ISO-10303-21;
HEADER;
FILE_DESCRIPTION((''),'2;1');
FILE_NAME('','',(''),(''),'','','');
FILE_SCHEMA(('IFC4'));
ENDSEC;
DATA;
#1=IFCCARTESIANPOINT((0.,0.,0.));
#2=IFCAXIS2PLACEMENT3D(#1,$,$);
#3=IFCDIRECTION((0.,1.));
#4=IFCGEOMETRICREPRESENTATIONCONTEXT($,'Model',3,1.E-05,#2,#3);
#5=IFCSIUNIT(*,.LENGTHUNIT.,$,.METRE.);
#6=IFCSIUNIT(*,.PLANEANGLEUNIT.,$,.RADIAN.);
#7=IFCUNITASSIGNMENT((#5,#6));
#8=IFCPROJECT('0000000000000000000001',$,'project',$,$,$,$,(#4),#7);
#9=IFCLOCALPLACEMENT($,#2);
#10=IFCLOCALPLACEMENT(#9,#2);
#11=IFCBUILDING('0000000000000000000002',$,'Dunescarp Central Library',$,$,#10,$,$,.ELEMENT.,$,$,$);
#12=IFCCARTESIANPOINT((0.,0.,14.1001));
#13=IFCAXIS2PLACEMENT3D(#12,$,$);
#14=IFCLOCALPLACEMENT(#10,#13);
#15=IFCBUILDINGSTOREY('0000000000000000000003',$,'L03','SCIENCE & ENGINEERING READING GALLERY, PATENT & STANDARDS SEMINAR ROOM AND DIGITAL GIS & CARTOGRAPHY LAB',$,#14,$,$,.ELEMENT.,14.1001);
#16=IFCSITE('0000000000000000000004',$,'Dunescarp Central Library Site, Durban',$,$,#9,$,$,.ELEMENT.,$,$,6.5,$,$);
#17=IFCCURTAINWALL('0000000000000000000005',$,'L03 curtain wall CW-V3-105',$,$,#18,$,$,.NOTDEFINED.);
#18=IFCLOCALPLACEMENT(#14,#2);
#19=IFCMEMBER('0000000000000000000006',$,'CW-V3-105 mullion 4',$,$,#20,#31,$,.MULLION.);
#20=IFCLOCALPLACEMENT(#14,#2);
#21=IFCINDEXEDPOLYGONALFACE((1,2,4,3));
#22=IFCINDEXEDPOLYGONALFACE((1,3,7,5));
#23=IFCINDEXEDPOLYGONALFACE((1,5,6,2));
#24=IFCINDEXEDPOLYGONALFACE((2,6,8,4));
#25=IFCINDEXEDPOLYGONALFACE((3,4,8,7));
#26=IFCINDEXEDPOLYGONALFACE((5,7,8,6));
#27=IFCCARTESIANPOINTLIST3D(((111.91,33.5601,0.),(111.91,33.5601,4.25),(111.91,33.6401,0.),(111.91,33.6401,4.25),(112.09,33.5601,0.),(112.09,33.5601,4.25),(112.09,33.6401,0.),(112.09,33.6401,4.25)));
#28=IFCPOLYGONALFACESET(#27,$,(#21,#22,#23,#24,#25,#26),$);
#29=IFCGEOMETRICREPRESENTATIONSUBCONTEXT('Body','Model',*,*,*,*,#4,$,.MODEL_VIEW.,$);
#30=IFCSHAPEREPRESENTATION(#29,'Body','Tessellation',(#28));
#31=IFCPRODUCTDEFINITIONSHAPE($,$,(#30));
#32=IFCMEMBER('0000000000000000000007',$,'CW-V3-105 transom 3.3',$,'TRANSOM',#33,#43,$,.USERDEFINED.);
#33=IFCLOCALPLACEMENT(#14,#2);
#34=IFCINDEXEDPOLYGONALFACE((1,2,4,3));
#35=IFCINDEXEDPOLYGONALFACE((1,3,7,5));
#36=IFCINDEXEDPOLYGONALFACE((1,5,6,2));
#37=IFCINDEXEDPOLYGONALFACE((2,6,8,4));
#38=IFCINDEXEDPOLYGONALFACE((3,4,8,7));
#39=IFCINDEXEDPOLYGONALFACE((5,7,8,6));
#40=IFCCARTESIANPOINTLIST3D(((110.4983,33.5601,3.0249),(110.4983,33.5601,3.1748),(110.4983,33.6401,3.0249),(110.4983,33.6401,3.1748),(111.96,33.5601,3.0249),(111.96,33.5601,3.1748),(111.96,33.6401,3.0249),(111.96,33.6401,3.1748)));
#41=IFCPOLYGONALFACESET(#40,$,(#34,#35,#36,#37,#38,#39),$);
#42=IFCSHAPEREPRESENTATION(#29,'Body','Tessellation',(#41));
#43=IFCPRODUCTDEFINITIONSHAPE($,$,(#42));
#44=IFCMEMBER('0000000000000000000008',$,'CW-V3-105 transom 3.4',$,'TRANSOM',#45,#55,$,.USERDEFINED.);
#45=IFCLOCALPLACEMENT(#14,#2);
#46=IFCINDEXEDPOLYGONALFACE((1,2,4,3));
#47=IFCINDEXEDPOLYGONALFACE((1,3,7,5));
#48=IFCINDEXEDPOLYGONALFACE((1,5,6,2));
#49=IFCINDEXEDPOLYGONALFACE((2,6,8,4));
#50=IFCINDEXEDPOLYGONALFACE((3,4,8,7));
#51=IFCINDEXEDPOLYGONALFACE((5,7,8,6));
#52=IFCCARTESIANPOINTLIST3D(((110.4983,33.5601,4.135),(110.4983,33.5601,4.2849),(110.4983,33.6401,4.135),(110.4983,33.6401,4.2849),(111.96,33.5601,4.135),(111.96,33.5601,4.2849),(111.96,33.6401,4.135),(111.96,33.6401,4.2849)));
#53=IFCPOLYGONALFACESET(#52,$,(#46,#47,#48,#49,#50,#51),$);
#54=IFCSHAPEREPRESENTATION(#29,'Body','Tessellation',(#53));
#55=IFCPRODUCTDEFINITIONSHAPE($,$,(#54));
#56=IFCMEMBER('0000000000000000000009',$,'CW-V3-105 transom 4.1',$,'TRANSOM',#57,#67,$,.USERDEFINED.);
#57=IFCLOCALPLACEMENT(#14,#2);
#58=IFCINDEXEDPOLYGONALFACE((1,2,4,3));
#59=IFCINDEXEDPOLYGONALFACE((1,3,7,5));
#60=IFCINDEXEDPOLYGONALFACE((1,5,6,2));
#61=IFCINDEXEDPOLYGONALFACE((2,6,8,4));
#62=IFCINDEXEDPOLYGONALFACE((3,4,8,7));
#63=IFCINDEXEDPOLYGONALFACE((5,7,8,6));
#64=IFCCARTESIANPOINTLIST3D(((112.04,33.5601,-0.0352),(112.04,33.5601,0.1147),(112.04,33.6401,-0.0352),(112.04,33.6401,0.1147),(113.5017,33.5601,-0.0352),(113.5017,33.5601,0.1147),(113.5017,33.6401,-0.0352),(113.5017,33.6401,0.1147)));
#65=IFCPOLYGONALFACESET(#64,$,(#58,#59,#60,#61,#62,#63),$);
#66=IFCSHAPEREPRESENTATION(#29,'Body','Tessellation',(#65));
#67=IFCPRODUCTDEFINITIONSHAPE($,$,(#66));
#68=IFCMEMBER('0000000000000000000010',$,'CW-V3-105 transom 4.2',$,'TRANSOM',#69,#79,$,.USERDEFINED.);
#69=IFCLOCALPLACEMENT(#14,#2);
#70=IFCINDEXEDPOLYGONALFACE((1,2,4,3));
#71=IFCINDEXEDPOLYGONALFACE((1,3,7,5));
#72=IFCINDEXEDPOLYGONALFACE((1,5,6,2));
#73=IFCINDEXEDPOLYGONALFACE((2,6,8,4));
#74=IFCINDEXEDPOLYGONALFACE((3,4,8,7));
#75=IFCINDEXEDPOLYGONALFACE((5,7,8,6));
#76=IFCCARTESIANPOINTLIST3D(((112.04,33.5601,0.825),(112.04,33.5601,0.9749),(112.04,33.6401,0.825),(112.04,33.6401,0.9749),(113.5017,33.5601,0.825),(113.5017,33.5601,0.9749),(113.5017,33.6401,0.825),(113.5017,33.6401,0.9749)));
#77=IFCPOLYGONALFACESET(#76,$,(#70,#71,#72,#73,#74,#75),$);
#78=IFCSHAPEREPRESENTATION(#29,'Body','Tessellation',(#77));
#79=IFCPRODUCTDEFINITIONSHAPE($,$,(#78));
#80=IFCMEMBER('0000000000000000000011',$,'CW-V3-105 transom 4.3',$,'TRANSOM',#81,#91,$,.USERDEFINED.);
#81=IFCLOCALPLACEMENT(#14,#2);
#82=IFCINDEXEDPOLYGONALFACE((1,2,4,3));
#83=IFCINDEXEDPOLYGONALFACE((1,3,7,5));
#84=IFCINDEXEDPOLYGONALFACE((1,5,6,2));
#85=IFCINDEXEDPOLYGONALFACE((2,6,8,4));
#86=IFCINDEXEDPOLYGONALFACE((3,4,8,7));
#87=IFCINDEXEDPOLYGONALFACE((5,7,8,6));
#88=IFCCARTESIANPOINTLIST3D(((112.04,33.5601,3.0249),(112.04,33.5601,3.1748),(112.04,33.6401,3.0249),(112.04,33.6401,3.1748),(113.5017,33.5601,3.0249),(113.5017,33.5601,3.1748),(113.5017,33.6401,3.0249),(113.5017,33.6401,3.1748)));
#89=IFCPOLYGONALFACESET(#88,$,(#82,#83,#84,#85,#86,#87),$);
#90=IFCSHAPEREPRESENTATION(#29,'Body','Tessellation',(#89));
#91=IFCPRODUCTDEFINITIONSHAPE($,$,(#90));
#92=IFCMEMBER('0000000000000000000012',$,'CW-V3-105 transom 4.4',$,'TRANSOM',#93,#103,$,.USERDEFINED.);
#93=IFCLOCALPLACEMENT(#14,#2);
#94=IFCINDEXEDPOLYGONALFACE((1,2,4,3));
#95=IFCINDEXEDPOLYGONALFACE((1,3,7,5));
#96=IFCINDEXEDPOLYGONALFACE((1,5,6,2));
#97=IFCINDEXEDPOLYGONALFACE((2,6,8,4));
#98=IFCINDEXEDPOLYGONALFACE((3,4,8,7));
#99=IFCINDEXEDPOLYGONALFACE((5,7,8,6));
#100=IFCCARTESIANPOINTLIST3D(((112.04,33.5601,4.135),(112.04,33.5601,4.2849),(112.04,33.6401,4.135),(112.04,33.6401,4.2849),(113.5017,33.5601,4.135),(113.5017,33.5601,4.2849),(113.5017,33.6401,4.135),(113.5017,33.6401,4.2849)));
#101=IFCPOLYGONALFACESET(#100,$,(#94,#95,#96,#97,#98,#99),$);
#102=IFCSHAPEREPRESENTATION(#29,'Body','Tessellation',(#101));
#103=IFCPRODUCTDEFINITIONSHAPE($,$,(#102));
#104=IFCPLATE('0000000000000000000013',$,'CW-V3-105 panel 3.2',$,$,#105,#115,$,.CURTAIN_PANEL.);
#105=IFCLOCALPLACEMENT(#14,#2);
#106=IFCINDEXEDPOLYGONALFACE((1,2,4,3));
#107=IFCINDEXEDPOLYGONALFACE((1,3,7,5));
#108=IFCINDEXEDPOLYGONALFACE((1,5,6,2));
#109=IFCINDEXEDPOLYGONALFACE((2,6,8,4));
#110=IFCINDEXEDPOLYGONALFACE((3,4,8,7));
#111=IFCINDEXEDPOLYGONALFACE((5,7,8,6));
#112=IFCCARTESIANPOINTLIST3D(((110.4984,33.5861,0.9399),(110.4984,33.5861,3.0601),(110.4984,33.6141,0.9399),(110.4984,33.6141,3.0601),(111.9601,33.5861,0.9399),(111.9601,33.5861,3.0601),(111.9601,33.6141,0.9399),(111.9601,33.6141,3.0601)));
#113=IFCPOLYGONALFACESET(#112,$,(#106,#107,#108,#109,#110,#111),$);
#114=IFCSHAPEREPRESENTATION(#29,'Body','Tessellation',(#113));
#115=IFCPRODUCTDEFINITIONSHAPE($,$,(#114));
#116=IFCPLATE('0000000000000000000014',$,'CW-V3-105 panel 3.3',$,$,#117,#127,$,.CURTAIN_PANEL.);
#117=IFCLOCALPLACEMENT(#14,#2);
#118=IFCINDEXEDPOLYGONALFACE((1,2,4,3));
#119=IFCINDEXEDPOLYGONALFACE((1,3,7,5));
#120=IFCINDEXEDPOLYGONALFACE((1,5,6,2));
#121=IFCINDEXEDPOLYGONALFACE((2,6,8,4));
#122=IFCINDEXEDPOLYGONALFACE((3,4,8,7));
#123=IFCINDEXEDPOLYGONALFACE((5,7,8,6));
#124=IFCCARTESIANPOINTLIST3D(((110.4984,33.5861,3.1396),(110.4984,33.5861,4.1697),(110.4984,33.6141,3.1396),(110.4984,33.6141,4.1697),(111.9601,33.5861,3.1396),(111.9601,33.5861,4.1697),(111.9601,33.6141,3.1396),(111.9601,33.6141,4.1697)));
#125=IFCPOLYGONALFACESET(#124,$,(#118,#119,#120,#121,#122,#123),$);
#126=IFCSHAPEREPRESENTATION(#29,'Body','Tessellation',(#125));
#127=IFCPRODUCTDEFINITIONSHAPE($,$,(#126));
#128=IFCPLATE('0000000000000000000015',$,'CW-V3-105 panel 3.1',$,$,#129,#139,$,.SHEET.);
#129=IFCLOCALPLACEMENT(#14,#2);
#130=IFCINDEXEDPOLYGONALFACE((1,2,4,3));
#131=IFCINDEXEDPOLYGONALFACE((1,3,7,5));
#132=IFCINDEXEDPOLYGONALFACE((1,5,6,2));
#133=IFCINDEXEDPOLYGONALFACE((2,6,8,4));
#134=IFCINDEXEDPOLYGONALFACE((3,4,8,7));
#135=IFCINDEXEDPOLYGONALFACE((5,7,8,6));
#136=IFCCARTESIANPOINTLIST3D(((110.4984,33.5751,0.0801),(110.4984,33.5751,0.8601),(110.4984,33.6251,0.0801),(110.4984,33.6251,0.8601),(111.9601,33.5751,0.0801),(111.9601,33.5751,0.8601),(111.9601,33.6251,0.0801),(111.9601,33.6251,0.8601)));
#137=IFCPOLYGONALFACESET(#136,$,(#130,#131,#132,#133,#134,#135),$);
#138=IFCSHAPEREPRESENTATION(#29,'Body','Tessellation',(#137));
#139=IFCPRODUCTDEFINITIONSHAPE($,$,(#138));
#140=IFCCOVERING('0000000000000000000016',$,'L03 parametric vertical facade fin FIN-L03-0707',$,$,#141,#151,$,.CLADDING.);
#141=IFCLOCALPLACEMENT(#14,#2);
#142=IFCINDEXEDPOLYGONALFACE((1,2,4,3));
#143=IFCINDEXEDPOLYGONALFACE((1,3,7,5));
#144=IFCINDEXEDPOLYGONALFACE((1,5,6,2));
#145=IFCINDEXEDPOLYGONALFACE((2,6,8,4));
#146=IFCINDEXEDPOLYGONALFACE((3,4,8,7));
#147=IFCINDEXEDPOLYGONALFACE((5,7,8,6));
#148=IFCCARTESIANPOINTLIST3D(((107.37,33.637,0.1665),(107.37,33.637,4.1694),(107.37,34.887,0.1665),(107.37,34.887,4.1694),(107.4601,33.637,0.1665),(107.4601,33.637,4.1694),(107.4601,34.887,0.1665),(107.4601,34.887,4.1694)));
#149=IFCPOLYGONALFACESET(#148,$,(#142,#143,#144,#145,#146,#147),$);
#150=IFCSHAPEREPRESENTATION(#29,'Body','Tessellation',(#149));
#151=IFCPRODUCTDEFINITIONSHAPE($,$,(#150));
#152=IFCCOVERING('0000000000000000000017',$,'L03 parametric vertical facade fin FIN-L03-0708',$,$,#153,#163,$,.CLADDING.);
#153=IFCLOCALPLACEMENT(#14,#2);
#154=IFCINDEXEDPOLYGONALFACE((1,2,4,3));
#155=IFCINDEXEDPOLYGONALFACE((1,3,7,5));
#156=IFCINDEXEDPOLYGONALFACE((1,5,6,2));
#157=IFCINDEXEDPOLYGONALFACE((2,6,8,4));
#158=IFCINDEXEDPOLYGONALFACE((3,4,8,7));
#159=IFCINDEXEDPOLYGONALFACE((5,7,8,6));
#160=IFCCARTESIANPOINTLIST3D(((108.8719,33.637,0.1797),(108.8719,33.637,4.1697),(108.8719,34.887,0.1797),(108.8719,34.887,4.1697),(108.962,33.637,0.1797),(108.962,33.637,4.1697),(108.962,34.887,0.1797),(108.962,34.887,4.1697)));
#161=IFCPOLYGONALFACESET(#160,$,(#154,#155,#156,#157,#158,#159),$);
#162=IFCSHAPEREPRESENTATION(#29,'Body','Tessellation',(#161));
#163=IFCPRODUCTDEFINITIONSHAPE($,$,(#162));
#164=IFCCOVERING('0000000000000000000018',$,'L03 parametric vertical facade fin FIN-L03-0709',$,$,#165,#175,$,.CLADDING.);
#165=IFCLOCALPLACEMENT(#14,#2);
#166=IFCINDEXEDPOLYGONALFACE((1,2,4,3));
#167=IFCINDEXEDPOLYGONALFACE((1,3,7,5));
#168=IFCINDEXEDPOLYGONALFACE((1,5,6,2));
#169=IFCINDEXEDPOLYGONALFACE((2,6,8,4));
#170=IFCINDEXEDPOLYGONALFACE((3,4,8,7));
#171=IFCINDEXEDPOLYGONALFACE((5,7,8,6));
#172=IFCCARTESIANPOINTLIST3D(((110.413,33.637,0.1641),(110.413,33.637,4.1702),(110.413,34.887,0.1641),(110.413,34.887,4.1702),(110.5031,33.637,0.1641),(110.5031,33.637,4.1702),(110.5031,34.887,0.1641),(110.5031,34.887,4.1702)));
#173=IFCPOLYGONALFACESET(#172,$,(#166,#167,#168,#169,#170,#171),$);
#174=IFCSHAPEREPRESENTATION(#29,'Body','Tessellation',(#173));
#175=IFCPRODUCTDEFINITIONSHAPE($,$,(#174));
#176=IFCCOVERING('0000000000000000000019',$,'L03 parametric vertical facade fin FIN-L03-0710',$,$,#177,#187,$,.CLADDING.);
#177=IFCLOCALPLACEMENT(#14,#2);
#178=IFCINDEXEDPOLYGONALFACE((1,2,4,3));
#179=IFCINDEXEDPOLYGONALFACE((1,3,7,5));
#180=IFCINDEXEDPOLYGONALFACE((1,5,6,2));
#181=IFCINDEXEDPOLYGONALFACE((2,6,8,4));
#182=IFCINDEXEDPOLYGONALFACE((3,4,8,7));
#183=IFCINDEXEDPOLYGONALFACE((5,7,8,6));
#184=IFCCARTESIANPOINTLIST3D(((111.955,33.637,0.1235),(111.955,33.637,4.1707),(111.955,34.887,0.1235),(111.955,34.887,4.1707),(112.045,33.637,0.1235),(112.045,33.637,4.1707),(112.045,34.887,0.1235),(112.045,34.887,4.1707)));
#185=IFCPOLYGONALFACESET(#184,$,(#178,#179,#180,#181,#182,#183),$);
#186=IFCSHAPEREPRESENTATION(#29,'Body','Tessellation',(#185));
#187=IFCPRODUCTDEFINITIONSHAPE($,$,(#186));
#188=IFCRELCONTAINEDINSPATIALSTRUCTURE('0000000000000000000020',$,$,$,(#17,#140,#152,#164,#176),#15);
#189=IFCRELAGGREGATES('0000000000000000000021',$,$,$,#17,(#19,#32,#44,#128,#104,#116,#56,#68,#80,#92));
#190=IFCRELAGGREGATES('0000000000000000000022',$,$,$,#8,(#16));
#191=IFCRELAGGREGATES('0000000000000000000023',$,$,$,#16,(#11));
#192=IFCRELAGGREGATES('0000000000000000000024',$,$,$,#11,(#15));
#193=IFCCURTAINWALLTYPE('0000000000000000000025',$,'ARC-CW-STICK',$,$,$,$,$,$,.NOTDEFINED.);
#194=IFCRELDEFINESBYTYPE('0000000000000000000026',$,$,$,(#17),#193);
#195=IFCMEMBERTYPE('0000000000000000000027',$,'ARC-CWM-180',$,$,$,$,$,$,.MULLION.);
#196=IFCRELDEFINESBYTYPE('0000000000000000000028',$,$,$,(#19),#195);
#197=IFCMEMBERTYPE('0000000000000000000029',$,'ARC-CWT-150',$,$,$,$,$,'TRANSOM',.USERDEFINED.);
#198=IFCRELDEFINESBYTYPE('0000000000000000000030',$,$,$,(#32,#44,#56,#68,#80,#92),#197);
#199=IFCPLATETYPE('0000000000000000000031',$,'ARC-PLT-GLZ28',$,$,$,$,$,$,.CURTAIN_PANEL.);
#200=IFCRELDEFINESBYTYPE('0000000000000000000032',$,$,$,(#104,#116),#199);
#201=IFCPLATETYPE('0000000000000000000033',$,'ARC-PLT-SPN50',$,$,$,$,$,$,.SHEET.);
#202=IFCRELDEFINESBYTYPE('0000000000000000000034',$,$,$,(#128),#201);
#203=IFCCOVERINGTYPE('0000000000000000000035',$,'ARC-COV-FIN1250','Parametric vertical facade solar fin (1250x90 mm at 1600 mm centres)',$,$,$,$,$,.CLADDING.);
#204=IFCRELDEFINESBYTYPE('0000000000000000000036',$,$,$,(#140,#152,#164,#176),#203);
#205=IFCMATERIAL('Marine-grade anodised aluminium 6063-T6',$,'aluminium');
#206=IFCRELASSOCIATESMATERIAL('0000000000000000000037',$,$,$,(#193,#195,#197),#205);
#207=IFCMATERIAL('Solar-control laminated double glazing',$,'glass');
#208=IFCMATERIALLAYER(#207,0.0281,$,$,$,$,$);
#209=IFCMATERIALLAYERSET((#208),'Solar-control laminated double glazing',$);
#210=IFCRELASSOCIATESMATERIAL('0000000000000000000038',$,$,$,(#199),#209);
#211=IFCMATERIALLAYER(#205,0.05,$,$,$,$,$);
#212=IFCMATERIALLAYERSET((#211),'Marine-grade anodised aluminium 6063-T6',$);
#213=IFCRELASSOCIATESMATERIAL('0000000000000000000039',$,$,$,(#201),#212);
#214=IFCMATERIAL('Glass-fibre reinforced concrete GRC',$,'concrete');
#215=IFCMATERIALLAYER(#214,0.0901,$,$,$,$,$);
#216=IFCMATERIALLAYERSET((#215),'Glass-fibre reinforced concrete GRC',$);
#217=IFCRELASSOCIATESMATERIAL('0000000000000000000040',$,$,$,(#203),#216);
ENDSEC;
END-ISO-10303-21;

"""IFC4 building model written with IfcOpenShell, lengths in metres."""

from ifc_helpers import new_model, si_unit, direction, frame, origin, origin_2d, place, context, subcontext, project, spatial, rectangle, extrude, material, layer, layer_set, material_profile, profile_set, type_object, element, aggregate, save


model = new_model("IFC4")

# Units and contexts
model_context = context("Model", 3, precision=1e-05, world=origin(), true_north=direction((0.0, 1.0)))
body_context = subcontext(model_context, "Body", "Model", "MODEL_VIEW")
ifc_project = project(units=[si_unit("LENGTHUNIT", "METRE"), si_unit("PLANEANGLEUNIT", "RADIAN")], contexts=[model_context])

# Site, building, storey
site_placement = place(None, origin())
site = spatial("IfcSite", under=ifc_project, at=site_placement, Name="Dunescarp Central Library Site, Durban", CompositionType="ELEMENT", RefElevation=6.5)
building_placement = place(site_placement, origin())
building = spatial("IfcBuilding", under=site, at=building_placement, Name="Dunescarp Central Library", CompositionType="ELEMENT")
storey_placement = place(building_placement, frame((0.0, 0.0, 14.1001)))
storey = spatial("IfcBuildingStorey", under=building, at=storey_placement, Name="L03", Description="SCIENCE & ENGINEERING READING GALLERY, PATENT & STANDARDS SEMINAR ROOM AND DIGITAL GIS & CARTOGRAPHY LAB", CompositionType="ELEMENT", Elevation=14.1001)

# Curtain wall, members, plates
ifc_material_1 = material(Name="Marine-grade anodised aluminium 6063-T6", Category="aluminium")
curtain_wall_type = type_object("IfcCurtainWallType", Name="ARC-CW-STICK", PredefinedType="NOTDEFINED", material=ifc_material_1)
curtain_wall_placement = place(storey_placement, origin())
curtain_wall = element("IfcCurtainWall", 1, at=curtain_wall_placement, inside=storey, type_object=curtain_wall_type, Name="L03 curtain wall CW-V3-105", PredefinedType="NOTDEFINED")
ifc_material_profile_1 = material_profile(ifc_material_1, rectangle(XDim=0.0801, YDim=0.1799, at=origin_2d()), Name="AL 80x180")
ifc_profile_set_1 = profile_set([ifc_material_profile_1], Name="Marine-grade anodised aluminium 6063-T6")
member_type_1 = type_object("IfcMemberType", Name="ARC-CWM-180", PredefinedType="MULLION", material=ifc_profile_set_1)
member_1_placement = place(storey_placement, frame((112.0, 33.6001, 0.0), z_axis=(0.0, 0.0, 1.0), x_axis=(0.0, 1.0, 0.0)))
member_1 = element("IfcMember", 2, at=member_1_placement, type_object=member_type_1, Name="CW-V3-105 mullion 4", PredefinedType="MULLION", context=body_context, shape_type="SweptSolid", body=[
    extrude(rectangle(XDim=0.0801, YDim=0.1799, at=origin_2d()), origin(), (0.0, 0.0, 1.0), 4.25),
])
ifc_material_profile_2 = material_profile(ifc_material_1, rectangle(XDim=0.0801, YDim=0.1499, at=origin_2d()), Name="AL 80x150")
ifc_profile_set_2 = profile_set([ifc_material_profile_2], Name="Marine-grade anodised aluminium 6063-T6")
member_type_2 = type_object("IfcMemberType", Name="ARC-CWT-150", ElementType="TRANSOM", PredefinedType="USERDEFINED", material=ifc_profile_set_2)
member_2_placement = place(storey_placement, frame((110.4983, 33.6001, 3.0999), z_axis=(1.0, 0.0, 0.0), x_axis=(0.0, 1.0, 0.0)))
member_2 = element("IfcMember", 3, at=member_2_placement, type_object=member_type_2, Name="CW-V3-105 transom 3.3", ObjectType="TRANSOM", PredefinedType="USERDEFINED", context=body_context, shape_type="SweptSolid", body=[
    extrude(rectangle(XDim=0.0801, YDim=0.1499, at=origin_2d()), origin(), (0.0, 0.0, 1.0), 1.4617),
])
member_3_placement = place(storey_placement, frame((110.4983, 33.6001, 4.21), z_axis=(1.0, 0.0, 0.0), x_axis=(0.0, 1.0, 0.0)))
member_3 = element("IfcMember", 4, at=member_3_placement, type_object=member_type_2, Name="CW-V3-105 transom 3.4", ObjectType="TRANSOM", PredefinedType="USERDEFINED", context=body_context, shape_type="SweptSolid", body=[
    extrude(rectangle(XDim=0.0801, YDim=0.1499, at=origin_2d()), origin(), (0.0, 0.0, 1.0), 1.4617),
])
member_4_placement = place(storey_placement, frame((112.04, 33.6001, 0.0398), z_axis=(1.0, 0.0, 0.0), x_axis=(0.0, 1.0, 0.0)))
member_4 = element("IfcMember", 5, at=member_4_placement, type_object=member_type_2, Name="CW-V3-105 transom 4.1", ObjectType="TRANSOM", PredefinedType="USERDEFINED", context=body_context, shape_type="SweptSolid", body=[
    extrude(rectangle(XDim=0.0801, YDim=0.1499, at=origin_2d()), origin(), (0.0, 0.0, 1.0), 1.4617),
])
member_5_placement = place(storey_placement, frame((112.04, 33.6001, 0.8999), z_axis=(1.0, 0.0, 0.0), x_axis=(0.0, 1.0, 0.0)))
member_5 = element("IfcMember", 6, at=member_5_placement, type_object=member_type_2, Name="CW-V3-105 transom 4.2", ObjectType="TRANSOM", PredefinedType="USERDEFINED", context=body_context, shape_type="SweptSolid", body=[
    extrude(rectangle(XDim=0.0801, YDim=0.1499, at=origin_2d()), origin(), (0.0, 0.0, 1.0), 1.4617),
])
member_6_placement = place(storey_placement, frame((112.04, 33.6001, 3.0999), z_axis=(1.0, 0.0, 0.0), x_axis=(0.0, 1.0, 0.0)))
member_6 = element("IfcMember", 7, at=member_6_placement, type_object=member_type_2, Name="CW-V3-105 transom 4.3", ObjectType="TRANSOM", PredefinedType="USERDEFINED", context=body_context, shape_type="SweptSolid", body=[
    extrude(rectangle(XDim=0.0801, YDim=0.1499, at=origin_2d()), origin(), (0.0, 0.0, 1.0), 1.4617),
])
member_7_placement = place(storey_placement, frame((112.04, 33.6001, 4.21), z_axis=(1.0, 0.0, 0.0), x_axis=(0.0, 1.0, 0.0)))
member_7 = element("IfcMember", 8, at=member_7_placement, type_object=member_type_2, Name="CW-V3-105 transom 4.4", ObjectType="TRANSOM", PredefinedType="USERDEFINED", context=body_context, shape_type="SweptSolid", body=[
    extrude(rectangle(XDim=0.0801, YDim=0.1499, at=origin_2d()), origin(), (0.0, 0.0, 1.0), 1.4617),
])
ifc_material_2 = material(Name="Solar-control laminated double glazing", Category="glass")
ifc_layer_1 = layer(ifc_material_2, 0.0281)
ifc_layer_set_1 = layer_set([ifc_layer_1], Name="Solar-control laminated double glazing")
plate_type_1 = type_object("IfcPlateType", Name="ARC-PLT-GLZ28", PredefinedType="CURTAIN_PANEL", material=ifc_layer_set_1)
plate_1_placement = place(storey_placement, frame((111.2292, 33.6001, 0.9399), z_axis=(0.0, 0.0, 1.0), x_axis=(1.0, 0.0, 0.0)))
plate_1 = element("IfcPlate", 9, at=plate_1_placement, type_object=plate_type_1, Name="CW-V3-105 panel 3.2", PredefinedType="CURTAIN_PANEL", context=body_context, shape_type="SweptSolid", body=[
    extrude(rectangle(XDim=1.4617, YDim=0.0281, at=origin_2d()), origin(), (0.0, 0.0, 1.0), 2.1201),
])
plate_2_placement = place(storey_placement, frame((111.2292, 33.6001, 3.1396), z_axis=(0.0, 0.0, 1.0), x_axis=(1.0, 0.0, 0.0)))
plate_2 = element("IfcPlate", 10, at=plate_2_placement, type_object=plate_type_1, Name="CW-V3-105 panel 3.3", PredefinedType="CURTAIN_PANEL", context=body_context, shape_type="SweptSolid", body=[
    extrude(rectangle(XDim=1.4617, YDim=0.0281, at=origin_2d()), origin(), (0.0, 0.0, 1.0), 1.03),
])
ifc_layer_2 = layer(ifc_material_1, 0.05)
ifc_layer_set_2 = layer_set([ifc_layer_2], Name="Marine-grade anodised aluminium 6063-T6")
plate_type_2 = type_object("IfcPlateType", Name="ARC-PLT-SPN50", PredefinedType="SHEET", material=ifc_layer_set_2)
plate_3_placement = place(storey_placement, frame((111.2292, 33.6001, 0.0801), z_axis=(0.0, 0.0, 1.0), x_axis=(1.0, 0.0, 0.0)))
plate_3 = element("IfcPlate", 11, at=plate_3_placement, type_object=plate_type_2, Name="CW-V3-105 panel 3.1", PredefinedType="SHEET", context=body_context, shape_type="SweptSolid", body=[
    extrude(rectangle(XDim=1.4617, YDim=0.05, at=origin_2d()), origin(), (0.0, 0.0, 1.0), 0.78),
])
aggregate(curtain_wall, [member_1, member_2, member_3, plate_3, plate_1, plate_2, member_4, member_5, member_6, member_7])

# Coverings
ifc_material_3 = material(Name="Glass-fibre reinforced concrete GRC", Category="concrete")
ifc_layer_3 = layer(ifc_material_3, 0.0901)
ifc_layer_set_3 = layer_set([ifc_layer_3], Name="Glass-fibre reinforced concrete GRC")
covering_type = type_object("IfcCoveringType", Name="ARC-COV-FIN1250", Description="Parametric vertical facade solar fin (1250x90 mm at 1600 mm centres)", PredefinedType="CLADDING", material=ifc_layer_set_3)
covering_1_placement = place(storey_placement, frame((107.415, 34.262, 0.1665), z_axis=(0.0, 0.0, 1.0), x_axis=(0.0, 1.0, 0.0)))
element("IfcCovering", 12, at=covering_1_placement, inside=storey, type_object=covering_type, Name="L03 parametric vertical facade fin FIN-L03-0707", PredefinedType="CLADDING", context=body_context, shape_type="SweptSolid", body=[
    extrude(rectangle(XDim=1.25, YDim=0.0901, at=origin_2d()), origin(), (0.0, 0.0, 1.0), 4.0029),
])
covering_2_placement = place(storey_placement, frame((108.917, 34.262, 0.1797), z_axis=(0.0, 0.0, 1.0), x_axis=(0.0, 1.0, 0.0)))
element("IfcCovering", 13, at=covering_2_placement, inside=storey, type_object=covering_type, Name="L03 parametric vertical facade fin FIN-L03-0708", PredefinedType="CLADDING", context=body_context, shape_type="SweptSolid", body=[
    extrude(rectangle(XDim=1.25, YDim=0.0901, at=origin_2d()), origin(), (0.0, 0.0, 1.0), 3.99),
])
covering_3_placement = place(storey_placement, frame((110.458, 34.262, 0.1641), z_axis=(0.0, 0.0, 1.0), x_axis=(0.0, 1.0, 0.0)))
element("IfcCovering", 14, at=covering_3_placement, inside=storey, type_object=covering_type, Name="L03 parametric vertical facade fin FIN-L03-0709", PredefinedType="CLADDING", context=body_context, shape_type="SweptSolid", body=[
    extrude(rectangle(XDim=1.25, YDim=0.0901, at=origin_2d()), origin(), (0.0, 0.0, 1.0), 4.0061),
])
covering_4_placement = place(storey_placement, frame((112.0, 34.262, 0.1235), z_axis=(0.0, 0.0, 1.0), x_axis=(0.0, 1.0, 0.0)))
element("IfcCovering", 15, at=covering_4_placement, inside=storey, type_object=covering_type, Name="L03 parametric vertical facade fin FIN-L03-0710", PredefinedType="CLADDING", context=body_context, shape_type="SweptSolid", body=[
    extrude(rectangle(XDim=1.25, YDim=0.0901, at=origin_2d()), origin(), (0.0, 0.0, 1.0), 4.0471),
])

save(model, "model.ifc")
